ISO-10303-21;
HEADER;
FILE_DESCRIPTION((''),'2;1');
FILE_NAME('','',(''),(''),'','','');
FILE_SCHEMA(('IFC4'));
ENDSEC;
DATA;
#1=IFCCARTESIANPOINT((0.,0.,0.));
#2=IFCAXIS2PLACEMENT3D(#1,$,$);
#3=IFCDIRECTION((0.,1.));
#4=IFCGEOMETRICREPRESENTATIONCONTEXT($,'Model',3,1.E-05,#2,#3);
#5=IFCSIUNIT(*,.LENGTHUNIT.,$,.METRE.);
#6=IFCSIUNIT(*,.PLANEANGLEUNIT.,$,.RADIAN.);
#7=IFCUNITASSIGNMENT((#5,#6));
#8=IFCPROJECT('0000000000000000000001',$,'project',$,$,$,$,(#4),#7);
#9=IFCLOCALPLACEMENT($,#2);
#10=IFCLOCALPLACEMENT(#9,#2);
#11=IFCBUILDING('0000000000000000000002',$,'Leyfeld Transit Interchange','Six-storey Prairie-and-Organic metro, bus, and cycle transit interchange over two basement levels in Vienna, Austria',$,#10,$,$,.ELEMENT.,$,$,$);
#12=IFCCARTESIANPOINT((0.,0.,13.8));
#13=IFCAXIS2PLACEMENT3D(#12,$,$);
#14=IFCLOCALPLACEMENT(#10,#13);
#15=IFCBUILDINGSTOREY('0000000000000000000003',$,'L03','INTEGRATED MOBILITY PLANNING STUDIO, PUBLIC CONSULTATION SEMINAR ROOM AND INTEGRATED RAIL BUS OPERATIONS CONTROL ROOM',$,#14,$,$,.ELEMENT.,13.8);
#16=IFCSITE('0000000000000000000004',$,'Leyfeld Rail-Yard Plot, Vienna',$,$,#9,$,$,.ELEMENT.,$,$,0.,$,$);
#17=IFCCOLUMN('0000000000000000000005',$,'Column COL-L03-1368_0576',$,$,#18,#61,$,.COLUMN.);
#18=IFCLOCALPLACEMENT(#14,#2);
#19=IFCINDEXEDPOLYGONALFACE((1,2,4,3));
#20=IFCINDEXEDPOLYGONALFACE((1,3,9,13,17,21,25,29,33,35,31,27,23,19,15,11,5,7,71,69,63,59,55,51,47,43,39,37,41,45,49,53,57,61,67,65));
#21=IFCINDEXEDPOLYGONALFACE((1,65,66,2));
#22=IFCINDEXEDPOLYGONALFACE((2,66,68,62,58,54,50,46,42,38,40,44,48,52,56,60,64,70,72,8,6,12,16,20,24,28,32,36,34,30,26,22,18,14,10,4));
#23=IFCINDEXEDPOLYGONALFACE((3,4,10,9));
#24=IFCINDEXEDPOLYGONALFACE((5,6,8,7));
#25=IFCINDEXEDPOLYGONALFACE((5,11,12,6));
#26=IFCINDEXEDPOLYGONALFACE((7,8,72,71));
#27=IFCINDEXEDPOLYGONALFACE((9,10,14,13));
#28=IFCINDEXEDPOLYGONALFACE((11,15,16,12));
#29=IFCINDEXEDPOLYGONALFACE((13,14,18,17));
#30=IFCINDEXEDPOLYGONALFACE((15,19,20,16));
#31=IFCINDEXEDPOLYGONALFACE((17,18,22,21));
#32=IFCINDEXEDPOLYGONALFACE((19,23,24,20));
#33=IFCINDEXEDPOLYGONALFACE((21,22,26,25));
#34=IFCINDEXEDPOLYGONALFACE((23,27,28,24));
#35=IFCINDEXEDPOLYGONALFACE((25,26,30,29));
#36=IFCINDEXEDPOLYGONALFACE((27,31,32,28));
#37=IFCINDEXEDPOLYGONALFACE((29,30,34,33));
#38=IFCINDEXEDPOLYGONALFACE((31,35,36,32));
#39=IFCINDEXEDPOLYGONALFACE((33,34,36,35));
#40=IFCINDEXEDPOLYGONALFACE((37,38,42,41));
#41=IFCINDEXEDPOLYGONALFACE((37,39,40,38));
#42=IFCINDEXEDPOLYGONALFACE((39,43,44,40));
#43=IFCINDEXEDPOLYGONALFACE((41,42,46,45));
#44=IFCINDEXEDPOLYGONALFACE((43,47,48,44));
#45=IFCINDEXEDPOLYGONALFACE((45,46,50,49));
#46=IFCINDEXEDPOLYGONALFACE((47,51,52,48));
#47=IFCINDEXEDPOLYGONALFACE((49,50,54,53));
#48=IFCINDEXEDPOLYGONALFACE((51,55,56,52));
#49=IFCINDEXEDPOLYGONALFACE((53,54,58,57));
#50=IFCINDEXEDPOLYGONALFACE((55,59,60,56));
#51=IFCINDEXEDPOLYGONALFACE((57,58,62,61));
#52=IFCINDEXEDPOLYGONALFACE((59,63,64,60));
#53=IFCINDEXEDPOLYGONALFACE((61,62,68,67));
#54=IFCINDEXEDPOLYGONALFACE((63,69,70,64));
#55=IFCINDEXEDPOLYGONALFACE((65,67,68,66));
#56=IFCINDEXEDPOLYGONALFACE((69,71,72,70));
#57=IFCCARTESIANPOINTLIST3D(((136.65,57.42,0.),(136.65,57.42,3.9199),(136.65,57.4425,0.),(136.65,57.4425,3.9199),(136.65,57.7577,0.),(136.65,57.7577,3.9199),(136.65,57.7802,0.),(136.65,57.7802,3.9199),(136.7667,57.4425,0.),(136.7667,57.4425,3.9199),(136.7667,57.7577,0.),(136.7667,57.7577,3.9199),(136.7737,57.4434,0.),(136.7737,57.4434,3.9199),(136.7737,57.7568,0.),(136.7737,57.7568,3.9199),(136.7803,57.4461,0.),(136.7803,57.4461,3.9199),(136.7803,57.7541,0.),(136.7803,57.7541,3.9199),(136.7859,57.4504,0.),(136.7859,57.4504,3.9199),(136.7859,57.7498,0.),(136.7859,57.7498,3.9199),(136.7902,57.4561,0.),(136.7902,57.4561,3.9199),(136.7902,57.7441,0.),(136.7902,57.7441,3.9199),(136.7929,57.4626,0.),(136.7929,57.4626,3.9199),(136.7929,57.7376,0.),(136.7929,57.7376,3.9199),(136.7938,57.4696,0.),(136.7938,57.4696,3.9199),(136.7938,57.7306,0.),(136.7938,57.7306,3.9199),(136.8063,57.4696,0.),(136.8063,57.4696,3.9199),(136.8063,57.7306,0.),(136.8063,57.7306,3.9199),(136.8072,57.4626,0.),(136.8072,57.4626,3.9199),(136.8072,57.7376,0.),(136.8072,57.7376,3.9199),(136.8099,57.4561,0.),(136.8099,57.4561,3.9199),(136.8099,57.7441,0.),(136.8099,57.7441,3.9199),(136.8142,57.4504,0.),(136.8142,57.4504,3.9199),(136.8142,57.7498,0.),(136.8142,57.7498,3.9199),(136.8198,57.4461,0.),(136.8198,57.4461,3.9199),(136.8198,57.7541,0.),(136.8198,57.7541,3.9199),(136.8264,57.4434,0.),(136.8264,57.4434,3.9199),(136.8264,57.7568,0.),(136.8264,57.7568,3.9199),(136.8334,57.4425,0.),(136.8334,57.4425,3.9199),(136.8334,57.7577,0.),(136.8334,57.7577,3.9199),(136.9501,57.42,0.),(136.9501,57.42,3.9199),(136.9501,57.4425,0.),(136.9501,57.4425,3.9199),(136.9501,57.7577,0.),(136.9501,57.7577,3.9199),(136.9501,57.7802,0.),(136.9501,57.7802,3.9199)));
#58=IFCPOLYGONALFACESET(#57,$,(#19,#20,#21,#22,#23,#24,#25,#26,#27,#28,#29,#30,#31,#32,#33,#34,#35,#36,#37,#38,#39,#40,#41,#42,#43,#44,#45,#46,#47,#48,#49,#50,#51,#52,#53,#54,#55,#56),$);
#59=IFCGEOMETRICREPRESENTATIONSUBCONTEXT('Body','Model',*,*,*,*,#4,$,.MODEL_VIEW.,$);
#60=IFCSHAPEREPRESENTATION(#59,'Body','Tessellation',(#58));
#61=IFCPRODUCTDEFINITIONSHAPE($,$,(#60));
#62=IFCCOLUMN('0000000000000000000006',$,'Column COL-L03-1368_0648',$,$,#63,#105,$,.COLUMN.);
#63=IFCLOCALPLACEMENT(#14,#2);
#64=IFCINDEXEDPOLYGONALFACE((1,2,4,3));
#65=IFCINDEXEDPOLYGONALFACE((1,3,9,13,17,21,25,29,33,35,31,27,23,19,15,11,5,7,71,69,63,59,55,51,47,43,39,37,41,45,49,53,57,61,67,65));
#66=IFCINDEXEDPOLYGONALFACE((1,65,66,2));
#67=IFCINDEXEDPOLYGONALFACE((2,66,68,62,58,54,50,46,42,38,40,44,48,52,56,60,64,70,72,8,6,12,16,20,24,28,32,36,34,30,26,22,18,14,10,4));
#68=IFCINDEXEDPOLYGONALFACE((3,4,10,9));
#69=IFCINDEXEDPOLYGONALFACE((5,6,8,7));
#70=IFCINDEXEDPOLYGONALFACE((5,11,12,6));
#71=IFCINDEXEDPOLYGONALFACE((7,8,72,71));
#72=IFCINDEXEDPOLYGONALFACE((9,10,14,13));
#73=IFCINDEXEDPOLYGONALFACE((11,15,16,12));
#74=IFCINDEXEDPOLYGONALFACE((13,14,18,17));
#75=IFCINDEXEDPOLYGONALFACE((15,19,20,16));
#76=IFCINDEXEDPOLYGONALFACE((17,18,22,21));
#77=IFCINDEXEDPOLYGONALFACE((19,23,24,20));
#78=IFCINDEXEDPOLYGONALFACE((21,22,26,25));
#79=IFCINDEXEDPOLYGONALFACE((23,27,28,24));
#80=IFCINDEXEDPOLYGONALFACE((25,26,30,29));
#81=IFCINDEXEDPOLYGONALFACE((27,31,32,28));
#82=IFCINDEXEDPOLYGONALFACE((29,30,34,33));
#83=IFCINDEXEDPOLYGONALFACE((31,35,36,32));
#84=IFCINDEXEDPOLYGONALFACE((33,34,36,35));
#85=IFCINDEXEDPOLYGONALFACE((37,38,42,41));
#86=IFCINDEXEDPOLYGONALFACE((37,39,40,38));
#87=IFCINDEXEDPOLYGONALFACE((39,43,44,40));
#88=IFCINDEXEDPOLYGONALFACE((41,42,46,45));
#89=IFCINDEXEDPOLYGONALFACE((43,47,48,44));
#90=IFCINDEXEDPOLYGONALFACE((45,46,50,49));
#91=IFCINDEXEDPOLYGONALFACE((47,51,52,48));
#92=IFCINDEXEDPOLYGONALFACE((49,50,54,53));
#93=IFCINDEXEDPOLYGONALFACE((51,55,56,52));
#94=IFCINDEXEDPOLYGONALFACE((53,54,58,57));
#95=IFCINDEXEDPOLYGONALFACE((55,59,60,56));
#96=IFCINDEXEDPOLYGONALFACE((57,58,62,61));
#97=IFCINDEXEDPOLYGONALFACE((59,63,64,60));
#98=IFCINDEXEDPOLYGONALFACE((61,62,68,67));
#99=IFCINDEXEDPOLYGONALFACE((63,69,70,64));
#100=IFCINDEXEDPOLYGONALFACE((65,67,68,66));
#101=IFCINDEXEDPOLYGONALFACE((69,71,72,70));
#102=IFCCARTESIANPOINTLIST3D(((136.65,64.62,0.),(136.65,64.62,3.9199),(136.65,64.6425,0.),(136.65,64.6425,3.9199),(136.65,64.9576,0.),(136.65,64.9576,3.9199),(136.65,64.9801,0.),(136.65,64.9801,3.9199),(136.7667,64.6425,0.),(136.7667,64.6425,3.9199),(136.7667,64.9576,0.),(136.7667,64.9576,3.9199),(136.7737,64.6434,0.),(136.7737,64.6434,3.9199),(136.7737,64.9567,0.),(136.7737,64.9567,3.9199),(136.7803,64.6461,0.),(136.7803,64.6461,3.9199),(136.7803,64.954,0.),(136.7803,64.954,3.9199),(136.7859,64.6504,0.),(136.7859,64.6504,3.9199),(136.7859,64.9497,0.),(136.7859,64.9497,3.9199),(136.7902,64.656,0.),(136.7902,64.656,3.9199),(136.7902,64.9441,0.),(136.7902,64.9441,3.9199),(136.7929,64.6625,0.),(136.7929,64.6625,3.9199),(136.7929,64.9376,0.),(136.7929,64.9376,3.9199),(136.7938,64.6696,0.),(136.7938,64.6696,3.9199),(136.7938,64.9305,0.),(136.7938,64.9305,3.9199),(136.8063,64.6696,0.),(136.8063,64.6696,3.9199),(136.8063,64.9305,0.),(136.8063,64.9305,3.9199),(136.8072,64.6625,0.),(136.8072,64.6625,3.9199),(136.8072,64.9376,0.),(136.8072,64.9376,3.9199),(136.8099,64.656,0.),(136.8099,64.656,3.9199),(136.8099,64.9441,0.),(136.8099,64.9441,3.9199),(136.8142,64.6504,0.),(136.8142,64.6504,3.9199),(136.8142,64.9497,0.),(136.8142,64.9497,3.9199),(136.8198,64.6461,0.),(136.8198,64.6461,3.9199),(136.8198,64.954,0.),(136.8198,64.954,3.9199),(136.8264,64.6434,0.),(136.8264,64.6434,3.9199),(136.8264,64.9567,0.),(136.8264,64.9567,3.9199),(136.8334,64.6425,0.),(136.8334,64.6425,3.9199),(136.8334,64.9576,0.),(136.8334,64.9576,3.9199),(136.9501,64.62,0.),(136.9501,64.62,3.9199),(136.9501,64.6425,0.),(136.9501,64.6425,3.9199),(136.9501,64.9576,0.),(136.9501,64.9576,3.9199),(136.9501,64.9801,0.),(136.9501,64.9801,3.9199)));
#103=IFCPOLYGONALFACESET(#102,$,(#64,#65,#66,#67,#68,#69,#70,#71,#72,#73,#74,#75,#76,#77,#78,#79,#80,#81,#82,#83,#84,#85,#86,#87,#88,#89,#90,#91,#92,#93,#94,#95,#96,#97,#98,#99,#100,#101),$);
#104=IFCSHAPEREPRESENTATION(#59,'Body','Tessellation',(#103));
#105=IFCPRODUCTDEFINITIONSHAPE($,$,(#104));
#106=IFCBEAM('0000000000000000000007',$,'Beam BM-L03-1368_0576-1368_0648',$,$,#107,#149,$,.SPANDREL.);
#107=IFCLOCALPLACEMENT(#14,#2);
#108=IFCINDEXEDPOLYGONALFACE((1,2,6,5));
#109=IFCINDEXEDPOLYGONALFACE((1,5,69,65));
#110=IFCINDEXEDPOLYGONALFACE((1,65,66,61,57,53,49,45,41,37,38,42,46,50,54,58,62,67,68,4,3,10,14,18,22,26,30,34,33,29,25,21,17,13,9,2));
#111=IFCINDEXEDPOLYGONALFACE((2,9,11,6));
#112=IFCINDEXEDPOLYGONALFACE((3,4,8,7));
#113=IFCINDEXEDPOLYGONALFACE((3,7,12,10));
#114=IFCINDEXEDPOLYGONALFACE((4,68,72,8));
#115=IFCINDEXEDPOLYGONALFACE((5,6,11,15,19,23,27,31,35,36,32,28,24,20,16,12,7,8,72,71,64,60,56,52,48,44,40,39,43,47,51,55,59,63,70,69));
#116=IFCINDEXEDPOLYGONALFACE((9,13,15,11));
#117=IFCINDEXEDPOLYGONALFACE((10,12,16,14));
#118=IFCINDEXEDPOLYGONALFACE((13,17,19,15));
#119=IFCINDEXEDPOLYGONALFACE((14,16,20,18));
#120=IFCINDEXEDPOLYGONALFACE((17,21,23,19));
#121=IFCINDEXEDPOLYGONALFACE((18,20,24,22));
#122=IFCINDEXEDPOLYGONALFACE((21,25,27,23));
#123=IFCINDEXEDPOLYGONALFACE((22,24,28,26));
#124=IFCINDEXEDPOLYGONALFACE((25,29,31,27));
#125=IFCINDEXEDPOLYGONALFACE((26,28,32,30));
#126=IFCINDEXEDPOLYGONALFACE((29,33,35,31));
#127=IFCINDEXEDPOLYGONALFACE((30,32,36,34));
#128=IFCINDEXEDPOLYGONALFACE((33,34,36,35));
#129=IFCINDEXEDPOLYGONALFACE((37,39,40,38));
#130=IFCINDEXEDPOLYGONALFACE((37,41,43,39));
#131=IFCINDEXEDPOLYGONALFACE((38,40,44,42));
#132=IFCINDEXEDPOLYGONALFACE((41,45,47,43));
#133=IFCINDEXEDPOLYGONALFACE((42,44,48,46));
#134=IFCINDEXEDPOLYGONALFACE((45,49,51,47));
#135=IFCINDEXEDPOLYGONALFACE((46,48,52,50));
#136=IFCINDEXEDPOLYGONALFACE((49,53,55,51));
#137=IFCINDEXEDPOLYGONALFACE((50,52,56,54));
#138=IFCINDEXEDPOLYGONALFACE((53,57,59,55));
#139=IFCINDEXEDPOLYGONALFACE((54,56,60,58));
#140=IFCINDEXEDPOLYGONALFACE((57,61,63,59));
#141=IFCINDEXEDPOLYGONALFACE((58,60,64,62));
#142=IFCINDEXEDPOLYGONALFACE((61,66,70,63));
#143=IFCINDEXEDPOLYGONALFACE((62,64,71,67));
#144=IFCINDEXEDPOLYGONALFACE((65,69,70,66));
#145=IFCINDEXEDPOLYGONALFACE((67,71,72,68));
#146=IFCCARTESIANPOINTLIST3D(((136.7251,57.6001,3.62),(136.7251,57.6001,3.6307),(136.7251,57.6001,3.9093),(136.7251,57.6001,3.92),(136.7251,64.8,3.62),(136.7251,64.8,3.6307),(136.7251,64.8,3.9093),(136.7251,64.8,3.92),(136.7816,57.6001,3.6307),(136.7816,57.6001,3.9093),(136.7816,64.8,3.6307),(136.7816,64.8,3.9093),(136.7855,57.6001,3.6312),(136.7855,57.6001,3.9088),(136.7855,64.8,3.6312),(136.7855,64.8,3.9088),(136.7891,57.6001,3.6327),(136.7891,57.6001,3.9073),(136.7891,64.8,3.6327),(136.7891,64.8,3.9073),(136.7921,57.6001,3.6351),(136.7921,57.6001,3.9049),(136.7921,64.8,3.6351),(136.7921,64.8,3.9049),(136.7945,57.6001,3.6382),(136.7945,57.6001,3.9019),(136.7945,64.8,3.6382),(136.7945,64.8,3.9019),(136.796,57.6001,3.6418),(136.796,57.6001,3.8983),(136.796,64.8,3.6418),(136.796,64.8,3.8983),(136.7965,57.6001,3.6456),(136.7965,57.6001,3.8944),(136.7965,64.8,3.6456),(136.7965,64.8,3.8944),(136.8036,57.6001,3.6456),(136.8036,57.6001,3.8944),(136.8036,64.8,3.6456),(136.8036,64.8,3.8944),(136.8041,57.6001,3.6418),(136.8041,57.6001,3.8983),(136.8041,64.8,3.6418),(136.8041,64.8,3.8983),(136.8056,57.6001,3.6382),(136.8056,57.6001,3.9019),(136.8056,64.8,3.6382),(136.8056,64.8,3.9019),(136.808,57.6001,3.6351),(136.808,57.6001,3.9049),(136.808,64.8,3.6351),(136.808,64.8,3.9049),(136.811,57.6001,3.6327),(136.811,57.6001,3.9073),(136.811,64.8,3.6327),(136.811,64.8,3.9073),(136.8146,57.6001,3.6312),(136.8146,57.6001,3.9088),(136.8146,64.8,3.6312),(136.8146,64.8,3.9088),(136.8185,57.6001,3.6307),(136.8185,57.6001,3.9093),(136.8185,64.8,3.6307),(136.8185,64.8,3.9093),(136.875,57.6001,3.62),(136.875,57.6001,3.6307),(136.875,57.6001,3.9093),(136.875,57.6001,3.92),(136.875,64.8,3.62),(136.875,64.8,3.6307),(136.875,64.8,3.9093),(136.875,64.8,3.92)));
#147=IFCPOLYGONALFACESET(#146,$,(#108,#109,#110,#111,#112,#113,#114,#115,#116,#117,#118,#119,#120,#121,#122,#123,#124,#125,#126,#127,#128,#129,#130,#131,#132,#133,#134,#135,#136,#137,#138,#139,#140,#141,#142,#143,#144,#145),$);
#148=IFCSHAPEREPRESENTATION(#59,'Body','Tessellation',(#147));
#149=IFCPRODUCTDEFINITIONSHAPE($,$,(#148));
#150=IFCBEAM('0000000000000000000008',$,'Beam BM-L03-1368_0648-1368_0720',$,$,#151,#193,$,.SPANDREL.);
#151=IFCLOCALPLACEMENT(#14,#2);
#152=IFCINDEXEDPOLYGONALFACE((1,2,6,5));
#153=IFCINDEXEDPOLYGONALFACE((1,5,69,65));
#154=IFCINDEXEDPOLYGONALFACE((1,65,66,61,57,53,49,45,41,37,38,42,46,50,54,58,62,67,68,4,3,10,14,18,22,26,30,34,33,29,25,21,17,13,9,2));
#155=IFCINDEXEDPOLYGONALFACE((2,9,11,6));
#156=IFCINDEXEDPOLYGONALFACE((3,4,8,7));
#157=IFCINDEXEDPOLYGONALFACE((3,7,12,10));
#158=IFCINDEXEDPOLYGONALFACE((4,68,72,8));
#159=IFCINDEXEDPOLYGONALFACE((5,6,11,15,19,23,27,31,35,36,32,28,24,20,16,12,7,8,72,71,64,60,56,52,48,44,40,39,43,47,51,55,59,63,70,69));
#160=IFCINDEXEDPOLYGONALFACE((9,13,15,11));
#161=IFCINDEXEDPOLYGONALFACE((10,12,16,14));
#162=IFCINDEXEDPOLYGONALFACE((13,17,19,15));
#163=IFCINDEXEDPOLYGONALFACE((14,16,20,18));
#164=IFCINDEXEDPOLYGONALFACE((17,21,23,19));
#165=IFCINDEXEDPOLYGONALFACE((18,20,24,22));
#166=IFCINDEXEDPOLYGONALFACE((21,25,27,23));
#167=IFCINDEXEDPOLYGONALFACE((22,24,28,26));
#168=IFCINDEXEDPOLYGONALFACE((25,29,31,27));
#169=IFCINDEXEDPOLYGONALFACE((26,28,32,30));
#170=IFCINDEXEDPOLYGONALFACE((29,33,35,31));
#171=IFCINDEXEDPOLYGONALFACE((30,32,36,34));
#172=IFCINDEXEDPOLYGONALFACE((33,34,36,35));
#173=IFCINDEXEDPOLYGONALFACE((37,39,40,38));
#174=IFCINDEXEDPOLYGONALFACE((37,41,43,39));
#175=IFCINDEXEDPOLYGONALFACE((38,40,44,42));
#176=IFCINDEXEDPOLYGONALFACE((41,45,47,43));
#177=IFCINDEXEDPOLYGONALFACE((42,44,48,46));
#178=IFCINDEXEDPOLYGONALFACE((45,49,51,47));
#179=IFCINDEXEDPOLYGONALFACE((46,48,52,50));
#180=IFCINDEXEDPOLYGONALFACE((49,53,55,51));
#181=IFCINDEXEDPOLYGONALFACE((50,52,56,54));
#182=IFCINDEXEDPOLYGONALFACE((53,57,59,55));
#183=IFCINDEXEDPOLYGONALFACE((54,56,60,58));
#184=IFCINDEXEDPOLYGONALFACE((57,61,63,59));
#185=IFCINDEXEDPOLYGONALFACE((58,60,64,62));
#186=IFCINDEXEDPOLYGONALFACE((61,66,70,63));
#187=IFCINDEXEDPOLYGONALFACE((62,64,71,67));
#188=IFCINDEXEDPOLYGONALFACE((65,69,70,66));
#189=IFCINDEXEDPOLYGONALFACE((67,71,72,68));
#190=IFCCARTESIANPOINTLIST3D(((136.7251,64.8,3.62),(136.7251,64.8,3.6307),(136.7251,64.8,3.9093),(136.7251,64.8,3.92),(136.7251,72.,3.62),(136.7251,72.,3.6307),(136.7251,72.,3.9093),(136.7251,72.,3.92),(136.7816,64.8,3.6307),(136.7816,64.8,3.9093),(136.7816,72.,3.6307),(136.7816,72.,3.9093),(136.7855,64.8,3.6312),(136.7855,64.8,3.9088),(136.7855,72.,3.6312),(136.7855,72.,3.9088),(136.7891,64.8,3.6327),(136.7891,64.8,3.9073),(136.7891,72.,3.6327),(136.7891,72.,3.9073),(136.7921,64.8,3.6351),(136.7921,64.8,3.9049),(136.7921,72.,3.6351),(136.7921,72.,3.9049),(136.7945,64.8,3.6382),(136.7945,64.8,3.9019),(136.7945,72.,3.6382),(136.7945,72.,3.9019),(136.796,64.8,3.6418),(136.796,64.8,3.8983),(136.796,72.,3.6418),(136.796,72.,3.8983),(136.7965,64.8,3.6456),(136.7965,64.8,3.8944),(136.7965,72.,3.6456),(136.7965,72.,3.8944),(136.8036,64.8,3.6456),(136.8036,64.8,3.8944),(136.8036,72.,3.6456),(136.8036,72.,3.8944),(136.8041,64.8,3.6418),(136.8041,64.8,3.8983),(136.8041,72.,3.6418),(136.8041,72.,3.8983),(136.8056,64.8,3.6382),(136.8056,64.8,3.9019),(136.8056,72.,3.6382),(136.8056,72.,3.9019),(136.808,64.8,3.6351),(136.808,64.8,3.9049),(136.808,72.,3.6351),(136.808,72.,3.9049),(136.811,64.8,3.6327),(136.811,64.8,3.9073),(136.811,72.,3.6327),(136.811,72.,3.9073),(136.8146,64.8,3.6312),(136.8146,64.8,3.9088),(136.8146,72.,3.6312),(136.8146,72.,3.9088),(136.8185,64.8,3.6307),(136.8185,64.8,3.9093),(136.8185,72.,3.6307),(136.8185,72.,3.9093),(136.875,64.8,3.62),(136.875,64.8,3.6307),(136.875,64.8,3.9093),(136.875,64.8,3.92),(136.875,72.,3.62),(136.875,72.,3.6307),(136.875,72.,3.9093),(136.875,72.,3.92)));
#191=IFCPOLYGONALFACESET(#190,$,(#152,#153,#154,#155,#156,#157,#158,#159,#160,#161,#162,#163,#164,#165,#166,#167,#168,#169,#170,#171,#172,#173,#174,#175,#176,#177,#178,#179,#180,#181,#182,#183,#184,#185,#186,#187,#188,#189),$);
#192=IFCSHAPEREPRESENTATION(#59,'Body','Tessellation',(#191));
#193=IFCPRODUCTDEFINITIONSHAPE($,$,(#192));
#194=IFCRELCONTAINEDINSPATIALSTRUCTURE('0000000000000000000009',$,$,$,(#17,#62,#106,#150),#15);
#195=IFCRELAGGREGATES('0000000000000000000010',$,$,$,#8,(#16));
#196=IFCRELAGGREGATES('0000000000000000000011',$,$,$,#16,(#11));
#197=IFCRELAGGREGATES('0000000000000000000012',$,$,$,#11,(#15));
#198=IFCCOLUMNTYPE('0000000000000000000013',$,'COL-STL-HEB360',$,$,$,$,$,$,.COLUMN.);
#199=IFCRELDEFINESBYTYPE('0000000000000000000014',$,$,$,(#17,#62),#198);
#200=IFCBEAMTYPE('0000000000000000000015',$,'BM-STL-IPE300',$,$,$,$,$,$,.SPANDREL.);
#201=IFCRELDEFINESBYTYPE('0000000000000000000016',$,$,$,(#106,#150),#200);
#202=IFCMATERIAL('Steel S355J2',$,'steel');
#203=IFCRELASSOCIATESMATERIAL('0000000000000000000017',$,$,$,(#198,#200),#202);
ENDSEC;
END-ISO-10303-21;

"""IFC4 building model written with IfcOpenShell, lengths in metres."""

from ifc_helpers import new_model, si_unit, direction, frame, origin, origin_2d, place, context, subcontext, project, spatial, i_section, extrude, material, material_profile, profile_set, type_object, element, save


model = new_model("IFC4")

# Units and contexts
model_context = context("Model", 3, precision=1e-05, world=origin(), true_north=direction((0.0, 1.0)))
body_context = subcontext(model_context, "Body", "Model", "MODEL_VIEW")
ifc_project = project(units=[si_unit("LENGTHUNIT", "METRE"), si_unit("PLANEANGLEUNIT", "RADIAN")], contexts=[model_context])

# Site, building, storey
site_placement = place(None, origin())
site = spatial("IfcSite", under=ifc_project, at=site_placement, Name="Leyfeld Rail-Yard Plot, Vienna", CompositionType="ELEMENT", RefElevation=0.0)
building_placement = place(site_placement, origin())
building = spatial("IfcBuilding", under=site, at=building_placement, Name="Leyfeld Transit Interchange", Description="Six-storey Prairie-and-Organic metro, bus, and cycle transit interchange over two basement levels in Vienna, Austria", CompositionType="ELEMENT")
storey_placement = place(building_placement, frame((0.0, 0.0, 13.8)))
storey = spatial("IfcBuildingStorey", under=building, at=storey_placement, Name="L03", Description="INTEGRATED MOBILITY PLANNING STUDIO, PUBLIC CONSULTATION SEMINAR ROOM AND INTEGRATED RAIL BUS OPERATIONS CONTROL ROOM", CompositionType="ELEMENT", Elevation=13.8)

# Columns
ifc_material_1 = material(Name="Steel S355J2", Category="steel")
ifc_material_profile_1 = material_profile(ifc_material_1, i_section(OverallWidth=0.3, OverallDepth=0.3601, WebThickness=0.0125, FlangeThickness=0.0225, FilletRadius=0.0271, at=origin_2d()), Name="HEB 360")
ifc_profile_set_1 = profile_set([ifc_material_profile_1], Name="Steel S355J2")
column_type = type_object("IfcColumnType", Name="COL-STL-HEB360", PredefinedType="COLUMN", material=ifc_profile_set_1)
for number, where, z_axis, x_axis, name in (
    (1, (136.8, 57.6001, 0.0), (0.0, 0.0, 1.0), (1.0, 0.0, 0.0), "Column COL-L03-1368_0576"),
    (2, (136.8, 64.8, 0.0), (0.0, 0.0, 1.0), (1.0, 0.0, 0.0), "Column COL-L03-1368_0648"),
):
    element("IfcColumn", number, at=place(storey_placement, frame(where, z_axis=z_axis, x_axis=x_axis)), inside=storey, type_object=column_type, Name=name, PredefinedType="COLUMN", context=body_context, shape_type="SweptSolid", body=[
        extrude(i_section(OverallWidth=0.3, OverallDepth=0.3601, WebThickness=0.0125, FlangeThickness=0.0225, FilletRadius=0.0271, at=origin_2d()), origin(), (0.0, 0.0, 1.0), 3.9199),
    ])

# Beams
ifc_material_profile_2 = material_profile(ifc_material_1, i_section(OverallWidth=0.1499, OverallDepth=0.3, WebThickness=0.0071, FlangeThickness=0.0107, FilletRadius=0.0149, at=origin_2d()), Name="IPE 300")
ifc_profile_set_2 = profile_set([ifc_material_profile_2], Name="Steel S355J2")
beam_type = type_object("IfcBeamType", Name="BM-STL-IPE300", PredefinedType="SPANDREL", material=ifc_profile_set_2)
for number, where, z_axis, x_axis, name in (
    (3, (136.8, 57.6001, 3.77), (0.0, 1.0, 0.0), (-1.0, 0.0, 0.0), "Beam BM-L03-1368_0576-1368_0648"),
    (4, (136.8, 64.8, 3.77), (0.0, 1.0, 0.0), (-1.0, 0.0, 0.0), "Beam BM-L03-1368_0648-1368_0720"),
):
    element("IfcBeam", number, at=place(storey_placement, frame(where, z_axis=z_axis, x_axis=x_axis)), inside=storey, type_object=beam_type, Name=name, PredefinedType="SPANDREL", context=body_context, shape_type="SweptSolid", body=[
        extrude(i_section(OverallWidth=0.1499, OverallDepth=0.3, WebThickness=0.0071, FlangeThickness=0.0107, FilletRadius=0.0149, at=origin_2d()), origin(), (0.0, 0.0, 1.0), 7.2),
    ])

save(model, "model.ifc")
